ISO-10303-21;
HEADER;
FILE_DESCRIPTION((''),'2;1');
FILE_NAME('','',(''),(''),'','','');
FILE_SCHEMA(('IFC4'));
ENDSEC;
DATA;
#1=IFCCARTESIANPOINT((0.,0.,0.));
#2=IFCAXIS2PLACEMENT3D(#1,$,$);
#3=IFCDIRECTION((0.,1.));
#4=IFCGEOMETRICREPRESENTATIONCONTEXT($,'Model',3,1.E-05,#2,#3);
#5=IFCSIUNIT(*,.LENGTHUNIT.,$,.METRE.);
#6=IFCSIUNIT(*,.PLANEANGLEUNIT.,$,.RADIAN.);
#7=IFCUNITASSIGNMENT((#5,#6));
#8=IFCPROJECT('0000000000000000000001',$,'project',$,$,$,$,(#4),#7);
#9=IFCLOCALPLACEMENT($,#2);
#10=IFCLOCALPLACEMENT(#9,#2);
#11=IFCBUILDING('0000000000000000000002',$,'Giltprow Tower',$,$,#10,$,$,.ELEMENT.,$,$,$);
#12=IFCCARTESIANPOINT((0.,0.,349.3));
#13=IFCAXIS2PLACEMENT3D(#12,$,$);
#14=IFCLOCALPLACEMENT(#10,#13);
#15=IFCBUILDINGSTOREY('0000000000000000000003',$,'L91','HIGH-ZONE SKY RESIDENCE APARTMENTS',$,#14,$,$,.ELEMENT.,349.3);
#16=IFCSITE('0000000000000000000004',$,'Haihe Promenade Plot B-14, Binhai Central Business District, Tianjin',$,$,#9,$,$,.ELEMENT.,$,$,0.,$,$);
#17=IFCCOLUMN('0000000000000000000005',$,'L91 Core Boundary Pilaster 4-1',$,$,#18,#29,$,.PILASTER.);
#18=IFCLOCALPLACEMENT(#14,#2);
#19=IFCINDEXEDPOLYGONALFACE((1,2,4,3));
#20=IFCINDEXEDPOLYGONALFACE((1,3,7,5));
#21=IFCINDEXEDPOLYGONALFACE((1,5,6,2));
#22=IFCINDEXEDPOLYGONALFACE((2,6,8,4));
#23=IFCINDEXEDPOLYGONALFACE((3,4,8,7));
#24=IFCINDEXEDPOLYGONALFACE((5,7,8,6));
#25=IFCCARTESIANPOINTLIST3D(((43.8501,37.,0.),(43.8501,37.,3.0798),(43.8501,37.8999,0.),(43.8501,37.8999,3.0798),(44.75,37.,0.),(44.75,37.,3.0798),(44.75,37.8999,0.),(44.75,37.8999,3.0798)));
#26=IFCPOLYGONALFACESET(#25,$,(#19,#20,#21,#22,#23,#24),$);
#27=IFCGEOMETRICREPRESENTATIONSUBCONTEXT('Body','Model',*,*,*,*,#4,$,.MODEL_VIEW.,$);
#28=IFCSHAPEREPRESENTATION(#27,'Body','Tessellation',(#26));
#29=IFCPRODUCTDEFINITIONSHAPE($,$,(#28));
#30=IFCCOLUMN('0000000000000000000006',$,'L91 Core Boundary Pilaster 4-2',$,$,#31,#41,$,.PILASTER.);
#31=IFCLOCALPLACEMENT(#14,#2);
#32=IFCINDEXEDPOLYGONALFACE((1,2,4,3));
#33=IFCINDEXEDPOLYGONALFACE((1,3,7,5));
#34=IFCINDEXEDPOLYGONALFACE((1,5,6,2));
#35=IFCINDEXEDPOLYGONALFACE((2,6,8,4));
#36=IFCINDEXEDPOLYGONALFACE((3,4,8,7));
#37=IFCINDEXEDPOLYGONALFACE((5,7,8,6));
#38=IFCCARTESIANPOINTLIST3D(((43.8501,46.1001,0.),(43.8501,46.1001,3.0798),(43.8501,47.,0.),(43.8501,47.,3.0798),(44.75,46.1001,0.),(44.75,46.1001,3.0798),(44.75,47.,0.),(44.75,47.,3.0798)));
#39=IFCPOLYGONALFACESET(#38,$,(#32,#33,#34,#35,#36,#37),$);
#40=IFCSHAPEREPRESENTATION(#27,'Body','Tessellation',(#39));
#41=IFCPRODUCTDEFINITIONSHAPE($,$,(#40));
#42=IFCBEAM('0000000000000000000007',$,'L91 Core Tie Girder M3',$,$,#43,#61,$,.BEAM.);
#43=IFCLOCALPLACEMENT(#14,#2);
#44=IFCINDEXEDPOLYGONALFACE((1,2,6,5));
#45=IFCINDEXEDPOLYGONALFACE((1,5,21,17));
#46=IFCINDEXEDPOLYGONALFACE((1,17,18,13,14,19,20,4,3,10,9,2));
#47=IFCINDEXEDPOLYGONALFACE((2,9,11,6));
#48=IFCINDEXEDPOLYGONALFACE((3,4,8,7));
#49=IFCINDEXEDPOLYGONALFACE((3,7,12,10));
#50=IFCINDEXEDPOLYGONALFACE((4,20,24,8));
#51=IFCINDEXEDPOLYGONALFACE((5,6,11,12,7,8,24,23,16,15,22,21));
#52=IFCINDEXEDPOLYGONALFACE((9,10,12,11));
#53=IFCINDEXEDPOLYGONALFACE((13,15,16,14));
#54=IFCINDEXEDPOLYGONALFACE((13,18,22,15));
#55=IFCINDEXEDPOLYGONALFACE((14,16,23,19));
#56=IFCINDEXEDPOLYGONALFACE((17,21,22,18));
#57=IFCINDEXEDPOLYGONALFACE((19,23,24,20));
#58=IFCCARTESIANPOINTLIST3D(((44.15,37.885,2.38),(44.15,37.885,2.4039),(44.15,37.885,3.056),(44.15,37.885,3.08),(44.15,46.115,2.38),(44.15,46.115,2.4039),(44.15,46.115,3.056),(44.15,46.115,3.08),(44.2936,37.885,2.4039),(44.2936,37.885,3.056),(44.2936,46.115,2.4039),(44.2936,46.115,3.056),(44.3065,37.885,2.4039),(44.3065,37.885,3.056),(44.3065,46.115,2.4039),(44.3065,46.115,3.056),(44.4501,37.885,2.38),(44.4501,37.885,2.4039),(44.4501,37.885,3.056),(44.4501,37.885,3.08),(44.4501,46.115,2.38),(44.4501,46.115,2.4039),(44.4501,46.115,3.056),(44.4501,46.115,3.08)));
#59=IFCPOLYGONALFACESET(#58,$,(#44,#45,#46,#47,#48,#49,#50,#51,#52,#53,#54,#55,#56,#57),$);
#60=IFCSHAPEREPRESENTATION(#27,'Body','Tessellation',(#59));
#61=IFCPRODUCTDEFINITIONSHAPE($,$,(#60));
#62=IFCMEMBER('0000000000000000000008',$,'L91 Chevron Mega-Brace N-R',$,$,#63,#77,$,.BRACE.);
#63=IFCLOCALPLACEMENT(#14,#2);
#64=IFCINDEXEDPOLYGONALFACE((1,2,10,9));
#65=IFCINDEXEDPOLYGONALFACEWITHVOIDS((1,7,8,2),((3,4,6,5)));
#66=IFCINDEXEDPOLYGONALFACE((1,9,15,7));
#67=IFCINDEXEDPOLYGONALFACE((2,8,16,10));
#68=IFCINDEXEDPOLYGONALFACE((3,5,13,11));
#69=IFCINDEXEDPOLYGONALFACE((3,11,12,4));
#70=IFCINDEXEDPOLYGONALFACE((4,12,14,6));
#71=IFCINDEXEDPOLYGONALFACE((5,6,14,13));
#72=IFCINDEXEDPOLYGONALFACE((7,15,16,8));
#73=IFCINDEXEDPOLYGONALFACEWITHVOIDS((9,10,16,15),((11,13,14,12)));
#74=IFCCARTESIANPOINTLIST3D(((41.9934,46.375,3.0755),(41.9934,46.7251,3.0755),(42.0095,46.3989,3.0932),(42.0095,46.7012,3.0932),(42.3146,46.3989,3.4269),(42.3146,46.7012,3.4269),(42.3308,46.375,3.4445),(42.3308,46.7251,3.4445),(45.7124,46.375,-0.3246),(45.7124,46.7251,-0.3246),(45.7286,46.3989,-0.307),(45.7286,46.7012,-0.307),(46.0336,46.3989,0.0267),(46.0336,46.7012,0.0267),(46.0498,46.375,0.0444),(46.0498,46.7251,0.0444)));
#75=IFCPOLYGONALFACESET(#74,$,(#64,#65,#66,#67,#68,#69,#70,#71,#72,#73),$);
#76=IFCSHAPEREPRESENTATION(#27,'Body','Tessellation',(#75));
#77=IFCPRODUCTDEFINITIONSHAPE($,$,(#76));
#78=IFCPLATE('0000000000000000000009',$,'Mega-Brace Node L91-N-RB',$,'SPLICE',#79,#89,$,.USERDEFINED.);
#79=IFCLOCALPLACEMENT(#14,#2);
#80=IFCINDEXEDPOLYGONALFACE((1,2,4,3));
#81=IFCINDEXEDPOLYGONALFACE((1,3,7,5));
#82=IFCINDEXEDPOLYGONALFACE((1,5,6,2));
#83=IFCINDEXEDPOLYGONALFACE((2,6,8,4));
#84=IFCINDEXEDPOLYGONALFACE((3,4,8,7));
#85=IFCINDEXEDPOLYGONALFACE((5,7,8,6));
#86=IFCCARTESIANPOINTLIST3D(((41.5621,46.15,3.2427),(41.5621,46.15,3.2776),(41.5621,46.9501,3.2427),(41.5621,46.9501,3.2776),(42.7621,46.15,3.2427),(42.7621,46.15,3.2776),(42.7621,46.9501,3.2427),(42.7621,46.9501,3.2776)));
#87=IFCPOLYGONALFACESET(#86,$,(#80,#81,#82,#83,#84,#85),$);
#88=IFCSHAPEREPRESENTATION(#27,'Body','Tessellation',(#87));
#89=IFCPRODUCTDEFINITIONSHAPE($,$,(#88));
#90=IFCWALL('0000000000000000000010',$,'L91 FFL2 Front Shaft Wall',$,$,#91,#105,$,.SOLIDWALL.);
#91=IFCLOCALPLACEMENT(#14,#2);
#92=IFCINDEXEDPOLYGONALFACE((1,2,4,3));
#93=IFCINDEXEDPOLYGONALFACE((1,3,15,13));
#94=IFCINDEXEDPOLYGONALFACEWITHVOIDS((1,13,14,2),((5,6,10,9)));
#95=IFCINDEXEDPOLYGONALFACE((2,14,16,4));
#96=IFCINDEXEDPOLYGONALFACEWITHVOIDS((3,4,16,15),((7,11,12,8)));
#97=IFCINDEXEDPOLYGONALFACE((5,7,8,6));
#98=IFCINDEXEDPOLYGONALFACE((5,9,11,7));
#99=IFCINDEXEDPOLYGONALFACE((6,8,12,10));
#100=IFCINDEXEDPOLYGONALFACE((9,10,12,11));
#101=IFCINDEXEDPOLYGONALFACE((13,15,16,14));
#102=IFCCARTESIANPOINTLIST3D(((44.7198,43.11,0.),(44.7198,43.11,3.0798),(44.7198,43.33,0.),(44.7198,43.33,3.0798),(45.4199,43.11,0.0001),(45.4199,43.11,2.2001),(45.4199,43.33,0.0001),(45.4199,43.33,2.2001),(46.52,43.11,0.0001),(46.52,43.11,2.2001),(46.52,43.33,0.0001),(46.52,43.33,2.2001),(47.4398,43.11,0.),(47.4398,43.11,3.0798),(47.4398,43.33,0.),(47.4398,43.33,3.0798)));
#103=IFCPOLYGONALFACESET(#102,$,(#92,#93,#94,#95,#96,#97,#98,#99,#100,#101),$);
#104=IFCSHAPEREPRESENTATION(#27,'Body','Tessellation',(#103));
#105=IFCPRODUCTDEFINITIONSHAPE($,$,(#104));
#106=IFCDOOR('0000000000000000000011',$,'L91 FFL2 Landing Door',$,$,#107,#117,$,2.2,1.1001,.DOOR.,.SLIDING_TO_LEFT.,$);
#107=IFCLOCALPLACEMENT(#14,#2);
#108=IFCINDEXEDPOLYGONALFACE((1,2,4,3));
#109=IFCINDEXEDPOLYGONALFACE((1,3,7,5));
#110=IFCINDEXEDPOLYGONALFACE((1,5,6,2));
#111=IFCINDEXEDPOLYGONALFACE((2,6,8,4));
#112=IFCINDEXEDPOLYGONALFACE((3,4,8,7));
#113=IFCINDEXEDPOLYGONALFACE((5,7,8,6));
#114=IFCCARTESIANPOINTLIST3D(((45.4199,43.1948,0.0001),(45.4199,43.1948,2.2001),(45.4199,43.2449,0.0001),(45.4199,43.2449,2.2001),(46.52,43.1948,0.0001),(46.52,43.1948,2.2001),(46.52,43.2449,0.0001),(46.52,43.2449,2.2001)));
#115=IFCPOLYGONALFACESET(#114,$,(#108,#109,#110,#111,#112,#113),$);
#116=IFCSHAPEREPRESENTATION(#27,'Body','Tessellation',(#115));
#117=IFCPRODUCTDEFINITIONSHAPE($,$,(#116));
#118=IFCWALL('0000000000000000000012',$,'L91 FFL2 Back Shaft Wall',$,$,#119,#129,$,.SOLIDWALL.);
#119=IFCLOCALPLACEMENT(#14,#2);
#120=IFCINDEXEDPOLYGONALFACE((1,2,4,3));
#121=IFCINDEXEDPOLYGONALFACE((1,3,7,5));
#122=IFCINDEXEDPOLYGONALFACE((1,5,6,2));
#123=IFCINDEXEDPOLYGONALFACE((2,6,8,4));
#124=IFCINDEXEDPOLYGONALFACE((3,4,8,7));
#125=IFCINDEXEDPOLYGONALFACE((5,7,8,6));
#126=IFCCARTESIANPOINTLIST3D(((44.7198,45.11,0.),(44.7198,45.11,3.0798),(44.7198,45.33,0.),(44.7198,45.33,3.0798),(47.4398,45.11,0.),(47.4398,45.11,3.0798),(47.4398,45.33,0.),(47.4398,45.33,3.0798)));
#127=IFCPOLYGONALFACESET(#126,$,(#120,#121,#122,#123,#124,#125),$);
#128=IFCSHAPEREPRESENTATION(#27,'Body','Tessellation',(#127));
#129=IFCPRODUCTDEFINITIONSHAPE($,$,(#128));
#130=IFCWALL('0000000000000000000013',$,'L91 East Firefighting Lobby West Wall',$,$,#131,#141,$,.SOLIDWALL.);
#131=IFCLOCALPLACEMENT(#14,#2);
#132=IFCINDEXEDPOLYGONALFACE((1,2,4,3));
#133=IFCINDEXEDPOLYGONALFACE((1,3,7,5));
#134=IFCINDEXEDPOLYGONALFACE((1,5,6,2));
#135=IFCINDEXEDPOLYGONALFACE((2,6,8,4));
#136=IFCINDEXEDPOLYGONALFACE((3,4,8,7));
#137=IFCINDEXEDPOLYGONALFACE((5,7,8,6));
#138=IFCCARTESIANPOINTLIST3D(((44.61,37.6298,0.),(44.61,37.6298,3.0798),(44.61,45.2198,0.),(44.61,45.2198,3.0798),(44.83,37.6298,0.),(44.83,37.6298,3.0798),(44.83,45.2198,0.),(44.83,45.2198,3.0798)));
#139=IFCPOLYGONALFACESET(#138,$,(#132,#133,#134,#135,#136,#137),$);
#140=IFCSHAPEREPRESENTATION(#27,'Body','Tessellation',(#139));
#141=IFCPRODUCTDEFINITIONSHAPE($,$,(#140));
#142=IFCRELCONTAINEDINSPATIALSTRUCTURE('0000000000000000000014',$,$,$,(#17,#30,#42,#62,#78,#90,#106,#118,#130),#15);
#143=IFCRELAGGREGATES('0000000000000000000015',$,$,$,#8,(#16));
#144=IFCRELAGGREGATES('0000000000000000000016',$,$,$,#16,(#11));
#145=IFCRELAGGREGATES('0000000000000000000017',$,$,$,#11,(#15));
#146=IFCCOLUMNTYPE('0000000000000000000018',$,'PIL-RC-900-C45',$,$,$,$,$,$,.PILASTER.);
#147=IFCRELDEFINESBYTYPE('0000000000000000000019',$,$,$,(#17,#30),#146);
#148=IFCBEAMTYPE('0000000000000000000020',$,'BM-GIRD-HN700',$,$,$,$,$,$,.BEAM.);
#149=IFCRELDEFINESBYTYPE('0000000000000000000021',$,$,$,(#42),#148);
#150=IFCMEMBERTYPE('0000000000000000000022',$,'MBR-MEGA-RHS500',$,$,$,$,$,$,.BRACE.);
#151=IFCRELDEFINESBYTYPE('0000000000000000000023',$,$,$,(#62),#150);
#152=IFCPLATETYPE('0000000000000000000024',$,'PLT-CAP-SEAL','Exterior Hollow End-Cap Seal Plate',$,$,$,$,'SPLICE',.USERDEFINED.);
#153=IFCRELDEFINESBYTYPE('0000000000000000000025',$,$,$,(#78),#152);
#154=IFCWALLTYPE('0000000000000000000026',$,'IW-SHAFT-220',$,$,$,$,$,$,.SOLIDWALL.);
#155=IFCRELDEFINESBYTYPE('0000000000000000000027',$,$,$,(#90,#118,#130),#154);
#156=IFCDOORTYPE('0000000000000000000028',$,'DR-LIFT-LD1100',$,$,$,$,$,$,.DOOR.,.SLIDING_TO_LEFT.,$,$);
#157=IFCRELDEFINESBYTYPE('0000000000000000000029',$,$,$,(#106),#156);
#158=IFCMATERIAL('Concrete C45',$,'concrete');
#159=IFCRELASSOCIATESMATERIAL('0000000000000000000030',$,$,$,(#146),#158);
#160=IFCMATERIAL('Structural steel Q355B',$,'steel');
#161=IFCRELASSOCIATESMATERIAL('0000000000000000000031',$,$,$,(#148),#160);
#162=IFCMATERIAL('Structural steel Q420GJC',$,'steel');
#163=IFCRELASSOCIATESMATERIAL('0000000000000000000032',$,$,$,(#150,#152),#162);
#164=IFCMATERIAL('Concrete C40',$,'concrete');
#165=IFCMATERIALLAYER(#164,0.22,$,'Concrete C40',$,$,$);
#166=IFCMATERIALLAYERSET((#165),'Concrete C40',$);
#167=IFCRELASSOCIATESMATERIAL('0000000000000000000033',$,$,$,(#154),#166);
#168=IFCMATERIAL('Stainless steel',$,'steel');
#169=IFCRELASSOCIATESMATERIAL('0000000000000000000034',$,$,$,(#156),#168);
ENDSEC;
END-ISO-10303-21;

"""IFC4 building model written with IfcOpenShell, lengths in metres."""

from ifc_helpers import new_model, si_unit, direction, frame, frame_2d, origin, origin_2d, place, context, subcontext, project, spatial, rectangle, hollow_rectangle, i_section, extrude, source, transform, mapped, material, layer, layer_set, material_profile, profile_set, type_object, element, fill, save


model = new_model("IFC4")

# Units and contexts
model_context = context("Model", 3, precision=1e-05, world=origin(), true_north=direction((0.0, 1.0)))
body_context = subcontext(model_context, "Body", "Model", "MODEL_VIEW")
ifc_project = project(units=[si_unit("LENGTHUNIT", "METRE"), si_unit("PLANEANGLEUNIT", "RADIAN")], contexts=[model_context])

# Site, building, storey
site_placement = place(None, origin())
site = spatial("IfcSite", under=ifc_project, at=site_placement, Name="Haihe Promenade Plot B-14, Binhai Central Business District, Tianjin", CompositionType="ELEMENT", RefElevation=0.0)
building_placement = place(site_placement, origin())
building = spatial("IfcBuilding", under=site, at=building_placement, Name="Giltprow Tower", CompositionType="ELEMENT")
storey_placement = place(building_placement, frame((0.0, 0.0, 349.3)))
storey = spatial("IfcBuildingStorey", under=building, at=storey_placement, Name="L91", Description="HIGH-ZONE SKY RESIDENCE APARTMENTS", CompositionType="ELEMENT", Elevation=349.3)

# Columns
ifc_material_1 = material(Name="Concrete C45", Category="concrete")
ifc_material_profile_1 = material_profile(ifc_material_1, rectangle(XDim=0.8999, YDim=0.8999, at=origin_2d()), Name="RC 900x900")
ifc_profile_set_1 = profile_set([ifc_material_profile_1], Name="Concrete C45")
column_type = type_object("IfcColumnType", Name="PIL-RC-900-C45", PredefinedType="PILASTER", material=ifc_profile_set_1)
shared_shape_1 = source(origin(), body_context, "Body", "SweptSolid", [
    extrude(rectangle(XDim=0.8999, YDim=0.8999, at=origin_2d()), origin(), (0.0, 0.0, 1.0), 3.0798),
])
for number, where, z_axis, x_axis, name in (
    (1, (44.3, 37.45, 0.0), (0.0, 0.0, 1.0), (1.0, 0.0, 0.0), "L91 Core Boundary Pilaster 4-1"),
    (2, (44.3, 46.55, 0.0), (0.0, 0.0, 1.0), (1.0, 0.0, 0.0), "L91 Core Boundary Pilaster 4-2"),
):
    element("IfcColumn", number, at=place(storey_placement, frame(where, z_axis=z_axis, x_axis=x_axis)), inside=storey, type_object=column_type, Name=name, PredefinedType="PILASTER", context=body_context, shape_type="MappedRepresentation", body=[
        mapped(shared_shape_1, transform((0.0, 0.0, 0.0), x_axis=(1.0, 0.0, 0.0), y_axis=(0.0, 1.0, 0.0), z_axis=(0.0, 0.0, 1.0), scale=1.0)),
    ])

# Beam
ifc_material_2 = material(Name="Structural steel Q355B", Category="steel")
ifc_material_profile_2 = material_profile(ifc_material_2, i_section(OverallWidth=0.3, OverallDepth=0.7, WebThickness=0.0129, FlangeThickness=0.0239, at=origin_2d()), Name="HN 700x300x13x24")
ifc_profile_set_2 = profile_set([ifc_material_profile_2], Name="Structural steel Q355B")
beam_type = type_object("IfcBeamType", Name="BM-GIRD-HN700", PredefinedType="BEAM", material=ifc_profile_set_2)
shared_shape_2 = source(origin(), body_context, "Body", "SweptSolid", [
    extrude(i_section(OverallWidth=0.3, OverallDepth=0.7, WebThickness=0.0129, FlangeThickness=0.0239, at=origin_2d()), origin(), (0.0, 0.0, 1.0), 8.23),
])
beam_placement = place(storey_placement, frame((44.3, 37.885, 2.73), z_axis=(0.0, 1.0, 0.0), x_axis=(-1.0, 0.0, 0.0)))
element("IfcBeam", 3, at=beam_placement, inside=storey, type_object=beam_type, Name="L91 Core Tie Girder M3", PredefinedType="BEAM", context=body_context, shape_type="MappedRepresentation", body=[
    mapped(shared_shape_2, transform((0.0, 0.0, 0.0), x_axis=(1.0, 0.0, 0.0), y_axis=(0.0, 1.0, 0.0), z_axis=(0.0, 0.0, 1.0), scale=1.0)),
])

# Member
ifc_material_3 = material(Name="Structural steel Q420GJC", Category="steel")
ifc_material_profile_3 = material_profile(ifc_material_3, hollow_rectangle(XDim=0.3501, YDim=0.5, WallThickness=0.0239, at=origin_2d()), Name="RHS 500x350x24")
ifc_profile_set_3 = profile_set([ifc_material_profile_3], Name="Structural steel Q420GJC")
member_type = type_object("IfcMemberType", Name="MBR-MEGA-RHS500", PredefinedType="BRACE", material=ifc_profile_set_3)
shared_shape_3 = source(origin(), body_context, "Body", "SweptSolid", [
    extrude(hollow_rectangle(XDim=0.3501, YDim=0.5, WallThickness=0.0239, at=origin_2d()), origin(), (0.0, 0.0, 1.0), 5.0391),
])
member_placement = place(storey_placement, frame((45.8811, 46.55, -0.1401), z_axis=(-0.738036, 0.0, 0.674761), x_axis=(0.0, -1.0, 0.0)))
element("IfcMember", 4, at=member_placement, inside=storey, type_object=member_type, Name="L91 Chevron Mega-Brace N-R", PredefinedType="BRACE", context=body_context, shape_type="MappedRepresentation", body=[
    mapped(shared_shape_3, transform((0.0, 0.0, 0.0), x_axis=(1.0, 0.0, 0.0), y_axis=(0.0, 1.0, 0.0), z_axis=(0.0, 0.0, 1.0), scale=1.0)),
])

# Plate
plate_type = type_object("IfcPlateType", Name="PLT-CAP-SEAL", Description="Exterior Hollow End-Cap Seal Plate", ElementType="SPLICE", PredefinedType="USERDEFINED", material=ifc_material_3)
shared_shape_4 = source(origin(), body_context, "Body", "SweptSolid", [
    extrude(rectangle(XDim=1.2, YDim=0.8, at=origin_2d()), origin(), (0.0, 0.0, 1.0), 0.0349),
])
plate_placement = place(storey_placement, frame((42.1621, 46.55, 3.2427), z_axis=(0.0, 0.0, 1.0), x_axis=(1.0, 0.0, 0.0)))
element("IfcPlate", 5, at=plate_placement, inside=storey, type_object=plate_type, Name="Mega-Brace Node L91-N-RB", ObjectType="SPLICE", PredefinedType="USERDEFINED", context=body_context, shape_type="MappedRepresentation", body=[
    mapped(shared_shape_4, transform((0.0, 0.0, 0.0), x_axis=(1.0, 0.0, 0.0), y_axis=(0.0, 1.0, 0.0), z_axis=(0.0, 0.0, 1.0), scale=1.0)),
])

# Wall, opening, door
ifc_material_4 = material(Name="Concrete C40", Category="concrete")
ifc_layer_1 = layer(ifc_material_4, 0.22, Name="Concrete C40")
ifc_layer_set_1 = layer_set([ifc_layer_1], Name="Concrete C40")
wall_type_1 = type_object("IfcWallType", Name="IW-SHAFT-220", PredefinedType="SOLIDWALL", material=ifc_layer_set_1)
wall_1_placement = place(storey_placement, frame((44.72, 43.22, 0.0), z_axis=(0.0, 0.0, 1.0), x_axis=(1.0, 0.0, 0.0)))
wall_1 = element("IfcWall", 6, at=wall_1_placement, inside=storey, type_object=wall_type_1, Name="L91 FFL2 Front Shaft Wall", PredefinedType="SOLIDWALL", context=body_context, shape_type="SweptSolid", body=[
    extrude(rectangle(XDim=2.72, YDim=0.22, at=frame_2d((1.3599, 0.0))), origin(), (0.0, 0.0, 1.0), 3.0798),
])
opening_1_placement = place(wall_1_placement, frame((0.7, 0.0, 0.0)))
opening_1 = element("IfcOpeningElement", 7, at=opening_1_placement, cuts=wall_1, PredefinedType="OPENING", context=body_context, shape_type="SweptSolid", body=[
    extrude(rectangle(XDim=1.1001, YDim=2.2, at=frame_2d((0.55, 1.1001))), frame((0.0, 0.1199, 0.0), z_axis=(0.0, -1.0, 0.0), x_axis=(1.0, 0.0, 0.0)), (0.0, 0.0, 1.0), 0.24),
])
ifc_material_5 = material(Name="Stainless steel", Category="steel")
door_type_1 = type_object("IfcDoorType", Name="DR-LIFT-LD1100", OperationType="SLIDING_TO_LEFT", PredefinedType="DOOR", material=ifc_material_5)
shared_shape_5 = source(origin(), body_context, "Body", "SweptSolid", [
    extrude(rectangle(XDim=1.1001, YDim=2.2, at=frame_2d((0.55, 1.1001))), frame((0.0, 0.0249, 0.0), z_axis=(0.0, -1.0, 0.0), x_axis=(1.0, 0.0, 0.0)), (0.0, 0.0, 1.0), 0.05),
])
door_1_placement = place(opening_1_placement, origin())
door_1 = element("IfcDoor", 8, at=door_1_placement, inside=storey, type_object=door_type_1, Name="L91 FFL2 Landing Door", OperationType="SLIDING_TO_LEFT", OverallHeight=2.2, OverallWidth=1.1001, PredefinedType="DOOR", context=body_context, shape_type="MappedRepresentation", body=[
    mapped(shared_shape_5, transform((0.0, 0.0, 0.0), x_axis=(1.0, 0.0, 0.0), y_axis=(0.0, 1.0, 0.0), z_axis=(0.0, 0.0, 1.0), scale=1.0)),
])
fill(opening_1, door_1)

# Walls
wall_2_placement = place(storey_placement, frame((44.72, 45.22, 0.0), z_axis=(0.0, 0.0, 1.0), x_axis=(1.0, 0.0, 0.0)))
element("IfcWall", 9, at=wall_2_placement, inside=storey, type_object=wall_type_1, Name="L91 FFL2 Back Shaft Wall", PredefinedType="SOLIDWALL", context=body_context, shape_type="SweptSolid", body=[
    extrude(rectangle(XDim=2.72, YDim=0.22, at=frame_2d((1.3599, 0.0))), origin(), (0.0, 0.0, 1.0), 3.0798),
])
wall_3_placement = place(storey_placement, frame((44.72, 37.6299, 0.0), z_axis=(0.0, 0.0, 1.0), x_axis=(0.0, 1.0, 0.0)))
element("IfcWall", 10, at=wall_3_placement, inside=storey, type_object=wall_type_1, Name="L91 East Firefighting Lobby West Wall", PredefinedType="SOLIDWALL", context=body_context, shape_type="SweptSolid", body=[
    extrude(rectangle(XDim=7.5901, YDim=0.22, at=frame_2d((3.7949, 0.0))), origin(), (0.0, 0.0, 1.0), 3.0798),
])

save(model, "model.ifc")
